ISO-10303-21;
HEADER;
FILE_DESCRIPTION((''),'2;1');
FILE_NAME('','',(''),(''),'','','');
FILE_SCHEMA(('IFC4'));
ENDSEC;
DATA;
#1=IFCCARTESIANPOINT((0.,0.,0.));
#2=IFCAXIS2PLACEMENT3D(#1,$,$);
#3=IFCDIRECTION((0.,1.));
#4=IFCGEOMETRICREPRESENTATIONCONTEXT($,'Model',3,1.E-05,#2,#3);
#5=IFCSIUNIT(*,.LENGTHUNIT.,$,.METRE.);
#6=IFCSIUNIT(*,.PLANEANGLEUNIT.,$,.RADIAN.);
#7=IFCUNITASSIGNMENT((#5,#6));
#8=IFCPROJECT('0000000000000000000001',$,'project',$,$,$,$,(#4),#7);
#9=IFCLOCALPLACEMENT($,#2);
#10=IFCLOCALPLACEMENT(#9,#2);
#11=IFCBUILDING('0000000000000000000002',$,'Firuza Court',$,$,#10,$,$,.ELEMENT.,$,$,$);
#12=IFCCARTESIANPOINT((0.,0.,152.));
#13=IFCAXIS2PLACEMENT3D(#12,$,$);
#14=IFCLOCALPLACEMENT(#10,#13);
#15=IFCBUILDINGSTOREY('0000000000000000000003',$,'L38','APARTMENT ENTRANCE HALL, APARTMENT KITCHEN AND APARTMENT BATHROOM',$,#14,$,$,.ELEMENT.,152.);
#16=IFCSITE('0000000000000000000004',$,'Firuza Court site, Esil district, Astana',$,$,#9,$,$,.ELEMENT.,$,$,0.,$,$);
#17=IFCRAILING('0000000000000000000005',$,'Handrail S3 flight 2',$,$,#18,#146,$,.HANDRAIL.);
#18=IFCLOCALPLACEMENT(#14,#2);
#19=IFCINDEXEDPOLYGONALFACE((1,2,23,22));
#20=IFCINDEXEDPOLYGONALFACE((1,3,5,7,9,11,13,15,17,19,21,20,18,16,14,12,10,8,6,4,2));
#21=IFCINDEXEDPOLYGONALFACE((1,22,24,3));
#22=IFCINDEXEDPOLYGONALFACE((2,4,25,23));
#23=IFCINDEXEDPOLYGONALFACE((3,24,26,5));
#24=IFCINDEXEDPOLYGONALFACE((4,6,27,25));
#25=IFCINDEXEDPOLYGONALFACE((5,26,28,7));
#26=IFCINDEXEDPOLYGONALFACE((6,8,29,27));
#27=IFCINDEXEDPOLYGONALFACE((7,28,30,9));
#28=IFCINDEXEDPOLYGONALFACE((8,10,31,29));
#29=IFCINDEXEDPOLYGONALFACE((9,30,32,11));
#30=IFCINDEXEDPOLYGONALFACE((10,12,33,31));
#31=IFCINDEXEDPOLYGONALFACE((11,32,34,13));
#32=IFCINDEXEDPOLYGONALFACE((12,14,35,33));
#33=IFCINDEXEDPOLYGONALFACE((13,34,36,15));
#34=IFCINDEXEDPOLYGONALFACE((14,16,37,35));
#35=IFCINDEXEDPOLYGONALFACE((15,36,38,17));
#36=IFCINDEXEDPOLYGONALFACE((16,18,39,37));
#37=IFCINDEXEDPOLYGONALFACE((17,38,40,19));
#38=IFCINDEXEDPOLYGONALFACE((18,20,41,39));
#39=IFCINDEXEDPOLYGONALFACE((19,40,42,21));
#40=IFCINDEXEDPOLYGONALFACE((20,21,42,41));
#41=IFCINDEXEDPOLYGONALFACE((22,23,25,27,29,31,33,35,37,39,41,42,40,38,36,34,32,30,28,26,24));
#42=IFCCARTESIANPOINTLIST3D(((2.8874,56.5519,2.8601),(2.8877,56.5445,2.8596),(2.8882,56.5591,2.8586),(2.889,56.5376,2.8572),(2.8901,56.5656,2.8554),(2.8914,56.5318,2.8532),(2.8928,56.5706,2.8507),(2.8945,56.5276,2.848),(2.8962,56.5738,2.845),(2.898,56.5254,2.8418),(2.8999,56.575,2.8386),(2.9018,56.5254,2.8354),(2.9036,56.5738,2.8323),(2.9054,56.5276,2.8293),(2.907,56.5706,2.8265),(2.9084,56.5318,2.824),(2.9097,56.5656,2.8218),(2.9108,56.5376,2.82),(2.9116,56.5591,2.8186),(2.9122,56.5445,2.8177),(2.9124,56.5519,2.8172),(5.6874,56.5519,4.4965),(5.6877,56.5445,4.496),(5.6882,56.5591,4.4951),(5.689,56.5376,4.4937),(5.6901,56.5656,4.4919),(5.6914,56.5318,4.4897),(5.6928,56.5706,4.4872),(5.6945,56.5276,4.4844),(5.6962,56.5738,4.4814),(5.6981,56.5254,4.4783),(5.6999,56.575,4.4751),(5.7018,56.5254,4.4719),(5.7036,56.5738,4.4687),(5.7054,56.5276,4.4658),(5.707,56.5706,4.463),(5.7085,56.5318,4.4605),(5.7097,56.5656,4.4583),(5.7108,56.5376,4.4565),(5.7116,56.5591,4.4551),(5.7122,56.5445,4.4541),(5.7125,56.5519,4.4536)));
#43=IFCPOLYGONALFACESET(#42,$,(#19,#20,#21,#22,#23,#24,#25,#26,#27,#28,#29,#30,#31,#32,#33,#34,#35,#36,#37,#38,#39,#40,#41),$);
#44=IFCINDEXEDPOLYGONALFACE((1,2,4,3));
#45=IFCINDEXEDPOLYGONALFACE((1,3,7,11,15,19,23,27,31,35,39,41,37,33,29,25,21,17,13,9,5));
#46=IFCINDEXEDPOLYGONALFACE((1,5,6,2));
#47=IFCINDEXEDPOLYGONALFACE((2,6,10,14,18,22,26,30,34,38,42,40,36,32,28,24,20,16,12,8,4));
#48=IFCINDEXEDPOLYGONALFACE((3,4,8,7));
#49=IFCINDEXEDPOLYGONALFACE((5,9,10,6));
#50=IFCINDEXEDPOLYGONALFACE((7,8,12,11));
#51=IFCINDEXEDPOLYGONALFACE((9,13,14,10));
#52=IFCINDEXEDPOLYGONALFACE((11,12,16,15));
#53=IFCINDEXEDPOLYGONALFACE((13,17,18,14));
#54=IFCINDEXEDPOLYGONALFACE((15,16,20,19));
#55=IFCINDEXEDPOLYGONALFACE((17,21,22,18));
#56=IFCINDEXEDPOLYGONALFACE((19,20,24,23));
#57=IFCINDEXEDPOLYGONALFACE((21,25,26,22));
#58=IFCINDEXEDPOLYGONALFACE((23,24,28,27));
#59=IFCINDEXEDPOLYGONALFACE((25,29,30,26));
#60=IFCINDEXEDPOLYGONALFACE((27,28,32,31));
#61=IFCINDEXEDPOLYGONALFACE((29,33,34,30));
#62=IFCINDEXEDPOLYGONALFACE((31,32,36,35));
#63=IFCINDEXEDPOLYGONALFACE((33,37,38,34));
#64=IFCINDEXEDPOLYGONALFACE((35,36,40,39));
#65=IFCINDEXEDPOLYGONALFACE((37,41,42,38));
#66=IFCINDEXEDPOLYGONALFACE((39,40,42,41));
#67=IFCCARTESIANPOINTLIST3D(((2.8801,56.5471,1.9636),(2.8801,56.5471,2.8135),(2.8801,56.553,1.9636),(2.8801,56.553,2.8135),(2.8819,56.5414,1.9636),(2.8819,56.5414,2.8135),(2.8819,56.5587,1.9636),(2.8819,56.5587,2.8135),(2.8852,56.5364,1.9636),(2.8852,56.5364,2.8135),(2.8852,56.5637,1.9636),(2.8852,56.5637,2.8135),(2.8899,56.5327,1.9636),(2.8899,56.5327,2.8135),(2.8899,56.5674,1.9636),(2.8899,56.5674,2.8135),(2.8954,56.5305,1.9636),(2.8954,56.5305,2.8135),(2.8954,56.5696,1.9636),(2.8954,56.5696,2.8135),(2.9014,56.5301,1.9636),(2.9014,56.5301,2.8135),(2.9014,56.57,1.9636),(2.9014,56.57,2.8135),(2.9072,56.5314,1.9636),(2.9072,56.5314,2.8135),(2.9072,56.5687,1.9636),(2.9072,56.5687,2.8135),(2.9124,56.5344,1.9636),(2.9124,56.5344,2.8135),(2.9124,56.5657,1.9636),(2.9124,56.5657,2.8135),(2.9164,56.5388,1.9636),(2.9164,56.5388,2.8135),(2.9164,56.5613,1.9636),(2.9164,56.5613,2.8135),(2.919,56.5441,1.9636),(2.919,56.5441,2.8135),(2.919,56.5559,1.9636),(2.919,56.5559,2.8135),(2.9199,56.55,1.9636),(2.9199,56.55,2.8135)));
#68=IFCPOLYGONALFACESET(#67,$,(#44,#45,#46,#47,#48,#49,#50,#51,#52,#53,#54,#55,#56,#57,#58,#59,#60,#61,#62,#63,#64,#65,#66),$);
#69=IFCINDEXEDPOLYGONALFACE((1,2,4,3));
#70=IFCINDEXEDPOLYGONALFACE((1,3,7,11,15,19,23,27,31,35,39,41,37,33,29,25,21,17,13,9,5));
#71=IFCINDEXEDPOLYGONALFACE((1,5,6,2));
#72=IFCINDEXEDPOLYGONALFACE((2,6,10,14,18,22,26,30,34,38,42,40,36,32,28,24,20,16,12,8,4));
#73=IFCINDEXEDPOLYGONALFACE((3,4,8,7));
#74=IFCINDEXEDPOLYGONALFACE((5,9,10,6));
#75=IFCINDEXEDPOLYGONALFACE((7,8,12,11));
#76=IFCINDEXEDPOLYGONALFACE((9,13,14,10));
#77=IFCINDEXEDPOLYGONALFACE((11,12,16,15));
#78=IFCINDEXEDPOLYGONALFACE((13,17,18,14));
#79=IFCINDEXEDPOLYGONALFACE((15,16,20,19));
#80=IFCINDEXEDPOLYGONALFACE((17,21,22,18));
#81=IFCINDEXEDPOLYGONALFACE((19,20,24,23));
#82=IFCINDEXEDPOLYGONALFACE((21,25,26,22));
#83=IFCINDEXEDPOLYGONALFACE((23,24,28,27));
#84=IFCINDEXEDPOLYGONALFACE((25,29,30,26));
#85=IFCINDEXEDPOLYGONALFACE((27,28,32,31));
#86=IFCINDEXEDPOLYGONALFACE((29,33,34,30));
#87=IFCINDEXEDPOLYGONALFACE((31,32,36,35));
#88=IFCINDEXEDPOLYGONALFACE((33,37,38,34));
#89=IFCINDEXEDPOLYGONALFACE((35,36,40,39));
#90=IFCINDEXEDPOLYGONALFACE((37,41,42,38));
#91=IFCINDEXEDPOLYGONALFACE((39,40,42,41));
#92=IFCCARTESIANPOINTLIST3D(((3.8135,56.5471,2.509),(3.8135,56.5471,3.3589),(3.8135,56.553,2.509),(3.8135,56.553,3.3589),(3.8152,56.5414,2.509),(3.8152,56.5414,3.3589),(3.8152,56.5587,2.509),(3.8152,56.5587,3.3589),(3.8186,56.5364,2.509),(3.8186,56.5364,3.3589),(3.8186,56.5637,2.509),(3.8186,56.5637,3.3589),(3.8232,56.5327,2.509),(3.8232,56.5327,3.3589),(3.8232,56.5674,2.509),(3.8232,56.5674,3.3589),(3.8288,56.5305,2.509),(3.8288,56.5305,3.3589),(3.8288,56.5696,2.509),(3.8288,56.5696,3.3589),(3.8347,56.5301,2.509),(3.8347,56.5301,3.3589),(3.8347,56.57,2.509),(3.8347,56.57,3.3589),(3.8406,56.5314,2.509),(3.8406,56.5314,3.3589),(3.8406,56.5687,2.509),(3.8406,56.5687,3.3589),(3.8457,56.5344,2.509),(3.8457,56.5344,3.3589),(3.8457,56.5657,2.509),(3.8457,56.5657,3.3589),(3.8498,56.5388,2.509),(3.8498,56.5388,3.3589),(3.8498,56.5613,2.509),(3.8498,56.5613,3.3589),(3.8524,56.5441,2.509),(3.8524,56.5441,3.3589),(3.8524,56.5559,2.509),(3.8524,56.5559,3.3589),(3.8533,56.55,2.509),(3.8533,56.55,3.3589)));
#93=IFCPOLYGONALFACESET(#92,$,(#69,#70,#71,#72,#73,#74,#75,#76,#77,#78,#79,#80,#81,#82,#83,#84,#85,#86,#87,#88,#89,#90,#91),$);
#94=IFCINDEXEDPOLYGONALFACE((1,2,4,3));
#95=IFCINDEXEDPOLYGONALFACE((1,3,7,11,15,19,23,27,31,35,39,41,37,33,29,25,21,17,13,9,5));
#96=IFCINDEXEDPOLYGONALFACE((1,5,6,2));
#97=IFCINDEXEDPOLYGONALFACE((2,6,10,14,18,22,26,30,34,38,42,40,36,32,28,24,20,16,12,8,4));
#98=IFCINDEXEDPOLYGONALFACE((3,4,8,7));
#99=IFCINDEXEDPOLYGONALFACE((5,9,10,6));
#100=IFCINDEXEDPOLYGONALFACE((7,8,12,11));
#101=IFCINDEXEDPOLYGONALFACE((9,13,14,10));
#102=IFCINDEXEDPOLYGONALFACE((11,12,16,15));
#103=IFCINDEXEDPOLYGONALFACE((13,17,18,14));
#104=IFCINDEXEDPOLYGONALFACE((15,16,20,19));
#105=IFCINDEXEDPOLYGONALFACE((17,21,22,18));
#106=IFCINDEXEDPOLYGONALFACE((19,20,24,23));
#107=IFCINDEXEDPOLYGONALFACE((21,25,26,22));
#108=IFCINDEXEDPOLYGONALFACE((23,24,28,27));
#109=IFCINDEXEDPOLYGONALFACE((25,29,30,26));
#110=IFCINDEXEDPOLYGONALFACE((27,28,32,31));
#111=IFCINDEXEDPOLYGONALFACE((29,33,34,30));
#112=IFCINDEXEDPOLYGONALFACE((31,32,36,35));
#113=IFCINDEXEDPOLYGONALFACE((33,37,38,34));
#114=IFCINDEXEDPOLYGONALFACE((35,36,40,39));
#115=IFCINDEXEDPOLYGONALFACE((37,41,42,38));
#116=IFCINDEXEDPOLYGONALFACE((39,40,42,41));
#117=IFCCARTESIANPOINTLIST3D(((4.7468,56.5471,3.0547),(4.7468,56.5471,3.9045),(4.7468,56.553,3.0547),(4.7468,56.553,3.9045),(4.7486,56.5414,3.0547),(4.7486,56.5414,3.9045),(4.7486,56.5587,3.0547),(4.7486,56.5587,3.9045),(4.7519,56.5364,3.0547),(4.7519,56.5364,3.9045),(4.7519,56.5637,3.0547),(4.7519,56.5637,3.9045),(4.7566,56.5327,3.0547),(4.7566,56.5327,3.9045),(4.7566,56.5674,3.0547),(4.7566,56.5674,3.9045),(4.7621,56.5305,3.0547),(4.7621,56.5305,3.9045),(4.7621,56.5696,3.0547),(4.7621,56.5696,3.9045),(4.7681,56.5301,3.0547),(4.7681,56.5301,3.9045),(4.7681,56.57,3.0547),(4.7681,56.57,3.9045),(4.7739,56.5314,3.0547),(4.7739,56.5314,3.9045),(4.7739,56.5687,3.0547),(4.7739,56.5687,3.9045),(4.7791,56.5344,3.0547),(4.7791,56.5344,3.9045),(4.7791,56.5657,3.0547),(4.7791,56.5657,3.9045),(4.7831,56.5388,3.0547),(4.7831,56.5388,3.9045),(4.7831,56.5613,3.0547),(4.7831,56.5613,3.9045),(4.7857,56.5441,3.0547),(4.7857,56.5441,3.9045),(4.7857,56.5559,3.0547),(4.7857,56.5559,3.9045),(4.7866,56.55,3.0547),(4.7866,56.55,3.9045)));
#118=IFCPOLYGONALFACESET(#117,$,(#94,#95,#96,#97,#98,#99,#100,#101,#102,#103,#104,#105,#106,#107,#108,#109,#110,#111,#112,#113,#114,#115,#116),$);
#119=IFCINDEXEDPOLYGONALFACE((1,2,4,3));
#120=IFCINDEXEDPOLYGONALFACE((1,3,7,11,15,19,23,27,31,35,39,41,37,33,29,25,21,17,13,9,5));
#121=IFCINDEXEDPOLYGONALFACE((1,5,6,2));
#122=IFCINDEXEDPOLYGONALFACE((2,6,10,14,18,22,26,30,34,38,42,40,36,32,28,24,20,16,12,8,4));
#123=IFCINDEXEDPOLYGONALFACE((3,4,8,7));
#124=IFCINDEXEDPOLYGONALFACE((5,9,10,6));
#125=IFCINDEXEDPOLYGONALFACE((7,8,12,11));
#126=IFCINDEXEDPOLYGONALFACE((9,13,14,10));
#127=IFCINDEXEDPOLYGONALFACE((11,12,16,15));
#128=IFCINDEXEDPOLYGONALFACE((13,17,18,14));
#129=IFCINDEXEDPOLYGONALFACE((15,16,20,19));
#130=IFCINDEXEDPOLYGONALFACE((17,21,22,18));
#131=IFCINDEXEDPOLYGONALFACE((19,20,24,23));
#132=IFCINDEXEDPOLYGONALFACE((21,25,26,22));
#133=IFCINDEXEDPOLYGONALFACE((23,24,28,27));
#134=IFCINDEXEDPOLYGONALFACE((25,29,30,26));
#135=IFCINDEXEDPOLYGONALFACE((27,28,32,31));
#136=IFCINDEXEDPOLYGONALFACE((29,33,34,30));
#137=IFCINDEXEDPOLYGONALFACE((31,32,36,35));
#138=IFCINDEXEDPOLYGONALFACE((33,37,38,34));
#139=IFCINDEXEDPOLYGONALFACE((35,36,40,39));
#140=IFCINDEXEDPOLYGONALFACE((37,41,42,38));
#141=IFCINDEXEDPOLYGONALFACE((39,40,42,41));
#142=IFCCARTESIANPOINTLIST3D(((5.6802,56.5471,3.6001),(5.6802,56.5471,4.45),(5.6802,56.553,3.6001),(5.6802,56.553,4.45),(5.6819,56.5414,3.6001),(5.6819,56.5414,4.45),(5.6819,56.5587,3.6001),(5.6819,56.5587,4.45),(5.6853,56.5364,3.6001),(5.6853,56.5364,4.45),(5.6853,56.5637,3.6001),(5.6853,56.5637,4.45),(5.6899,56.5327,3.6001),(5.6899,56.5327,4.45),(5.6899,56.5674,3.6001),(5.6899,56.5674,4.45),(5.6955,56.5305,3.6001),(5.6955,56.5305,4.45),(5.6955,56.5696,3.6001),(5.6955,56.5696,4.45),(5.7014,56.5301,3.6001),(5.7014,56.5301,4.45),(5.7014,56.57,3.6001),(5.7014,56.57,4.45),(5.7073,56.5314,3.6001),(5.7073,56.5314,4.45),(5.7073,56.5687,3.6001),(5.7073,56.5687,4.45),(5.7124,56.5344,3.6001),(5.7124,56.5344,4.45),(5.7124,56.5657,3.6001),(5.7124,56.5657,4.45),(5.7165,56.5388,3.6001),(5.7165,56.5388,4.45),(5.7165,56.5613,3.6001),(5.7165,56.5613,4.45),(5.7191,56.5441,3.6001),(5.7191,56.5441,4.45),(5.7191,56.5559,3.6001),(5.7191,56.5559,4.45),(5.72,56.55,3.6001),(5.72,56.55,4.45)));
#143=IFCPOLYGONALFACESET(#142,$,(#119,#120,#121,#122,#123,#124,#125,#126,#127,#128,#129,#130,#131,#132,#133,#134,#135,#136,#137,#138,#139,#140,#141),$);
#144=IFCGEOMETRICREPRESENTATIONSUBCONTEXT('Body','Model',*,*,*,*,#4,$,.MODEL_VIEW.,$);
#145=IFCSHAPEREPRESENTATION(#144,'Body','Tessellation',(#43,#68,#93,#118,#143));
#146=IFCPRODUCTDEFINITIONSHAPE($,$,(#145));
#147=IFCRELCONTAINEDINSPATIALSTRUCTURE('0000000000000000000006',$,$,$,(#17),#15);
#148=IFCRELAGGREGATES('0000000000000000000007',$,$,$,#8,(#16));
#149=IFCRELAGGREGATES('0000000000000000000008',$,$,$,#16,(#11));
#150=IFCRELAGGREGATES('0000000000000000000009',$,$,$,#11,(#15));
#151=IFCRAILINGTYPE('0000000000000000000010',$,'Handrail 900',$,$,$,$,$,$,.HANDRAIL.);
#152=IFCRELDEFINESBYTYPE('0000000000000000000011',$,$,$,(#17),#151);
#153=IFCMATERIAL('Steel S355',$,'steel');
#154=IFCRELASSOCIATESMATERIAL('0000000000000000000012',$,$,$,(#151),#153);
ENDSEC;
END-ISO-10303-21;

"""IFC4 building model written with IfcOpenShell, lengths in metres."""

from ifc_helpers import new_model, si_unit, direction, frame, origin, origin_2d, place, context, subcontext, project, spatial, circle, extrude, material, type_object, element, save


model = new_model("IFC4")

# Units and contexts
model_context = context("Model", 3, precision=1e-05, world=origin(), true_north=direction((0.0, 1.0)))
body_context = subcontext(model_context, "Body", "Model", "MODEL_VIEW")
ifc_project = project(units=[si_unit("LENGTHUNIT", "METRE"), si_unit("PLANEANGLEUNIT", "RADIAN")], contexts=[model_context])

# Site, building, storey
site_placement = place(None, origin())
site = spatial("IfcSite", under=ifc_project, at=site_placement, Name="Firuza Court site, Esil district, Astana", CompositionType="ELEMENT", RefElevation=0.0)
building_placement = place(site_placement, origin())
building = spatial("IfcBuilding", under=site, at=building_placement, Name="Firuza Court", CompositionType="ELEMENT")
storey_placement = place(building_placement, frame((0.0, 0.0, 152.0)))
storey = spatial("IfcBuildingStorey", under=building, at=storey_placement, Name="L38", Description="APARTMENT ENTRANCE HALL, APARTMENT KITCHEN AND APARTMENT BATHROOM", CompositionType="ELEMENT", Elevation=152.0)

# Railing
ifc_material_1 = material(Name="Steel S355", Category="steel")
railing_type_1 = type_object("IfcRailingType", Name="Handrail 900", PredefinedType="HANDRAIL", material=ifc_material_1)
railing_1_placement = place(storey_placement, frame((2.8999, 56.55, 1.9636)))
element("IfcRailing", 1, at=railing_1_placement, inside=storey, type_object=railing_type_1, Name="Handrail S3 flight 2", PredefinedType="HANDRAIL", context=body_context, shape_type="SweptSolid", body=[
    extrude(circle(Radius=0.0249, at=origin_2d()), frame((0.0, 0.0, 0.875), z_axis=(0.863361, 0.0, 0.504587), x_axis=(0.0, 1.0, 0.0)), (0.0, 0.0, 1.0), 3.2432),
    extrude(circle(Radius=0.02, at=origin_2d()), origin(), (0.0, 0.0, 1.0), 0.8499),
    extrude(circle(Radius=0.02, at=origin_2d()), frame((0.9333, 0.0, 0.5454)), (0.0, 0.0, 1.0), 0.8499),
    extrude(circle(Radius=0.02, at=origin_2d()), frame((1.8667, 0.0, 1.0911)), (0.0, 0.0, 1.0), 0.8499),
    extrude(circle(Radius=0.02, at=origin_2d()), frame((2.8, 0.0, 1.6365)), (0.0, 0.0, 1.0), 0.8499),
])

save(model, "model.ifc")
